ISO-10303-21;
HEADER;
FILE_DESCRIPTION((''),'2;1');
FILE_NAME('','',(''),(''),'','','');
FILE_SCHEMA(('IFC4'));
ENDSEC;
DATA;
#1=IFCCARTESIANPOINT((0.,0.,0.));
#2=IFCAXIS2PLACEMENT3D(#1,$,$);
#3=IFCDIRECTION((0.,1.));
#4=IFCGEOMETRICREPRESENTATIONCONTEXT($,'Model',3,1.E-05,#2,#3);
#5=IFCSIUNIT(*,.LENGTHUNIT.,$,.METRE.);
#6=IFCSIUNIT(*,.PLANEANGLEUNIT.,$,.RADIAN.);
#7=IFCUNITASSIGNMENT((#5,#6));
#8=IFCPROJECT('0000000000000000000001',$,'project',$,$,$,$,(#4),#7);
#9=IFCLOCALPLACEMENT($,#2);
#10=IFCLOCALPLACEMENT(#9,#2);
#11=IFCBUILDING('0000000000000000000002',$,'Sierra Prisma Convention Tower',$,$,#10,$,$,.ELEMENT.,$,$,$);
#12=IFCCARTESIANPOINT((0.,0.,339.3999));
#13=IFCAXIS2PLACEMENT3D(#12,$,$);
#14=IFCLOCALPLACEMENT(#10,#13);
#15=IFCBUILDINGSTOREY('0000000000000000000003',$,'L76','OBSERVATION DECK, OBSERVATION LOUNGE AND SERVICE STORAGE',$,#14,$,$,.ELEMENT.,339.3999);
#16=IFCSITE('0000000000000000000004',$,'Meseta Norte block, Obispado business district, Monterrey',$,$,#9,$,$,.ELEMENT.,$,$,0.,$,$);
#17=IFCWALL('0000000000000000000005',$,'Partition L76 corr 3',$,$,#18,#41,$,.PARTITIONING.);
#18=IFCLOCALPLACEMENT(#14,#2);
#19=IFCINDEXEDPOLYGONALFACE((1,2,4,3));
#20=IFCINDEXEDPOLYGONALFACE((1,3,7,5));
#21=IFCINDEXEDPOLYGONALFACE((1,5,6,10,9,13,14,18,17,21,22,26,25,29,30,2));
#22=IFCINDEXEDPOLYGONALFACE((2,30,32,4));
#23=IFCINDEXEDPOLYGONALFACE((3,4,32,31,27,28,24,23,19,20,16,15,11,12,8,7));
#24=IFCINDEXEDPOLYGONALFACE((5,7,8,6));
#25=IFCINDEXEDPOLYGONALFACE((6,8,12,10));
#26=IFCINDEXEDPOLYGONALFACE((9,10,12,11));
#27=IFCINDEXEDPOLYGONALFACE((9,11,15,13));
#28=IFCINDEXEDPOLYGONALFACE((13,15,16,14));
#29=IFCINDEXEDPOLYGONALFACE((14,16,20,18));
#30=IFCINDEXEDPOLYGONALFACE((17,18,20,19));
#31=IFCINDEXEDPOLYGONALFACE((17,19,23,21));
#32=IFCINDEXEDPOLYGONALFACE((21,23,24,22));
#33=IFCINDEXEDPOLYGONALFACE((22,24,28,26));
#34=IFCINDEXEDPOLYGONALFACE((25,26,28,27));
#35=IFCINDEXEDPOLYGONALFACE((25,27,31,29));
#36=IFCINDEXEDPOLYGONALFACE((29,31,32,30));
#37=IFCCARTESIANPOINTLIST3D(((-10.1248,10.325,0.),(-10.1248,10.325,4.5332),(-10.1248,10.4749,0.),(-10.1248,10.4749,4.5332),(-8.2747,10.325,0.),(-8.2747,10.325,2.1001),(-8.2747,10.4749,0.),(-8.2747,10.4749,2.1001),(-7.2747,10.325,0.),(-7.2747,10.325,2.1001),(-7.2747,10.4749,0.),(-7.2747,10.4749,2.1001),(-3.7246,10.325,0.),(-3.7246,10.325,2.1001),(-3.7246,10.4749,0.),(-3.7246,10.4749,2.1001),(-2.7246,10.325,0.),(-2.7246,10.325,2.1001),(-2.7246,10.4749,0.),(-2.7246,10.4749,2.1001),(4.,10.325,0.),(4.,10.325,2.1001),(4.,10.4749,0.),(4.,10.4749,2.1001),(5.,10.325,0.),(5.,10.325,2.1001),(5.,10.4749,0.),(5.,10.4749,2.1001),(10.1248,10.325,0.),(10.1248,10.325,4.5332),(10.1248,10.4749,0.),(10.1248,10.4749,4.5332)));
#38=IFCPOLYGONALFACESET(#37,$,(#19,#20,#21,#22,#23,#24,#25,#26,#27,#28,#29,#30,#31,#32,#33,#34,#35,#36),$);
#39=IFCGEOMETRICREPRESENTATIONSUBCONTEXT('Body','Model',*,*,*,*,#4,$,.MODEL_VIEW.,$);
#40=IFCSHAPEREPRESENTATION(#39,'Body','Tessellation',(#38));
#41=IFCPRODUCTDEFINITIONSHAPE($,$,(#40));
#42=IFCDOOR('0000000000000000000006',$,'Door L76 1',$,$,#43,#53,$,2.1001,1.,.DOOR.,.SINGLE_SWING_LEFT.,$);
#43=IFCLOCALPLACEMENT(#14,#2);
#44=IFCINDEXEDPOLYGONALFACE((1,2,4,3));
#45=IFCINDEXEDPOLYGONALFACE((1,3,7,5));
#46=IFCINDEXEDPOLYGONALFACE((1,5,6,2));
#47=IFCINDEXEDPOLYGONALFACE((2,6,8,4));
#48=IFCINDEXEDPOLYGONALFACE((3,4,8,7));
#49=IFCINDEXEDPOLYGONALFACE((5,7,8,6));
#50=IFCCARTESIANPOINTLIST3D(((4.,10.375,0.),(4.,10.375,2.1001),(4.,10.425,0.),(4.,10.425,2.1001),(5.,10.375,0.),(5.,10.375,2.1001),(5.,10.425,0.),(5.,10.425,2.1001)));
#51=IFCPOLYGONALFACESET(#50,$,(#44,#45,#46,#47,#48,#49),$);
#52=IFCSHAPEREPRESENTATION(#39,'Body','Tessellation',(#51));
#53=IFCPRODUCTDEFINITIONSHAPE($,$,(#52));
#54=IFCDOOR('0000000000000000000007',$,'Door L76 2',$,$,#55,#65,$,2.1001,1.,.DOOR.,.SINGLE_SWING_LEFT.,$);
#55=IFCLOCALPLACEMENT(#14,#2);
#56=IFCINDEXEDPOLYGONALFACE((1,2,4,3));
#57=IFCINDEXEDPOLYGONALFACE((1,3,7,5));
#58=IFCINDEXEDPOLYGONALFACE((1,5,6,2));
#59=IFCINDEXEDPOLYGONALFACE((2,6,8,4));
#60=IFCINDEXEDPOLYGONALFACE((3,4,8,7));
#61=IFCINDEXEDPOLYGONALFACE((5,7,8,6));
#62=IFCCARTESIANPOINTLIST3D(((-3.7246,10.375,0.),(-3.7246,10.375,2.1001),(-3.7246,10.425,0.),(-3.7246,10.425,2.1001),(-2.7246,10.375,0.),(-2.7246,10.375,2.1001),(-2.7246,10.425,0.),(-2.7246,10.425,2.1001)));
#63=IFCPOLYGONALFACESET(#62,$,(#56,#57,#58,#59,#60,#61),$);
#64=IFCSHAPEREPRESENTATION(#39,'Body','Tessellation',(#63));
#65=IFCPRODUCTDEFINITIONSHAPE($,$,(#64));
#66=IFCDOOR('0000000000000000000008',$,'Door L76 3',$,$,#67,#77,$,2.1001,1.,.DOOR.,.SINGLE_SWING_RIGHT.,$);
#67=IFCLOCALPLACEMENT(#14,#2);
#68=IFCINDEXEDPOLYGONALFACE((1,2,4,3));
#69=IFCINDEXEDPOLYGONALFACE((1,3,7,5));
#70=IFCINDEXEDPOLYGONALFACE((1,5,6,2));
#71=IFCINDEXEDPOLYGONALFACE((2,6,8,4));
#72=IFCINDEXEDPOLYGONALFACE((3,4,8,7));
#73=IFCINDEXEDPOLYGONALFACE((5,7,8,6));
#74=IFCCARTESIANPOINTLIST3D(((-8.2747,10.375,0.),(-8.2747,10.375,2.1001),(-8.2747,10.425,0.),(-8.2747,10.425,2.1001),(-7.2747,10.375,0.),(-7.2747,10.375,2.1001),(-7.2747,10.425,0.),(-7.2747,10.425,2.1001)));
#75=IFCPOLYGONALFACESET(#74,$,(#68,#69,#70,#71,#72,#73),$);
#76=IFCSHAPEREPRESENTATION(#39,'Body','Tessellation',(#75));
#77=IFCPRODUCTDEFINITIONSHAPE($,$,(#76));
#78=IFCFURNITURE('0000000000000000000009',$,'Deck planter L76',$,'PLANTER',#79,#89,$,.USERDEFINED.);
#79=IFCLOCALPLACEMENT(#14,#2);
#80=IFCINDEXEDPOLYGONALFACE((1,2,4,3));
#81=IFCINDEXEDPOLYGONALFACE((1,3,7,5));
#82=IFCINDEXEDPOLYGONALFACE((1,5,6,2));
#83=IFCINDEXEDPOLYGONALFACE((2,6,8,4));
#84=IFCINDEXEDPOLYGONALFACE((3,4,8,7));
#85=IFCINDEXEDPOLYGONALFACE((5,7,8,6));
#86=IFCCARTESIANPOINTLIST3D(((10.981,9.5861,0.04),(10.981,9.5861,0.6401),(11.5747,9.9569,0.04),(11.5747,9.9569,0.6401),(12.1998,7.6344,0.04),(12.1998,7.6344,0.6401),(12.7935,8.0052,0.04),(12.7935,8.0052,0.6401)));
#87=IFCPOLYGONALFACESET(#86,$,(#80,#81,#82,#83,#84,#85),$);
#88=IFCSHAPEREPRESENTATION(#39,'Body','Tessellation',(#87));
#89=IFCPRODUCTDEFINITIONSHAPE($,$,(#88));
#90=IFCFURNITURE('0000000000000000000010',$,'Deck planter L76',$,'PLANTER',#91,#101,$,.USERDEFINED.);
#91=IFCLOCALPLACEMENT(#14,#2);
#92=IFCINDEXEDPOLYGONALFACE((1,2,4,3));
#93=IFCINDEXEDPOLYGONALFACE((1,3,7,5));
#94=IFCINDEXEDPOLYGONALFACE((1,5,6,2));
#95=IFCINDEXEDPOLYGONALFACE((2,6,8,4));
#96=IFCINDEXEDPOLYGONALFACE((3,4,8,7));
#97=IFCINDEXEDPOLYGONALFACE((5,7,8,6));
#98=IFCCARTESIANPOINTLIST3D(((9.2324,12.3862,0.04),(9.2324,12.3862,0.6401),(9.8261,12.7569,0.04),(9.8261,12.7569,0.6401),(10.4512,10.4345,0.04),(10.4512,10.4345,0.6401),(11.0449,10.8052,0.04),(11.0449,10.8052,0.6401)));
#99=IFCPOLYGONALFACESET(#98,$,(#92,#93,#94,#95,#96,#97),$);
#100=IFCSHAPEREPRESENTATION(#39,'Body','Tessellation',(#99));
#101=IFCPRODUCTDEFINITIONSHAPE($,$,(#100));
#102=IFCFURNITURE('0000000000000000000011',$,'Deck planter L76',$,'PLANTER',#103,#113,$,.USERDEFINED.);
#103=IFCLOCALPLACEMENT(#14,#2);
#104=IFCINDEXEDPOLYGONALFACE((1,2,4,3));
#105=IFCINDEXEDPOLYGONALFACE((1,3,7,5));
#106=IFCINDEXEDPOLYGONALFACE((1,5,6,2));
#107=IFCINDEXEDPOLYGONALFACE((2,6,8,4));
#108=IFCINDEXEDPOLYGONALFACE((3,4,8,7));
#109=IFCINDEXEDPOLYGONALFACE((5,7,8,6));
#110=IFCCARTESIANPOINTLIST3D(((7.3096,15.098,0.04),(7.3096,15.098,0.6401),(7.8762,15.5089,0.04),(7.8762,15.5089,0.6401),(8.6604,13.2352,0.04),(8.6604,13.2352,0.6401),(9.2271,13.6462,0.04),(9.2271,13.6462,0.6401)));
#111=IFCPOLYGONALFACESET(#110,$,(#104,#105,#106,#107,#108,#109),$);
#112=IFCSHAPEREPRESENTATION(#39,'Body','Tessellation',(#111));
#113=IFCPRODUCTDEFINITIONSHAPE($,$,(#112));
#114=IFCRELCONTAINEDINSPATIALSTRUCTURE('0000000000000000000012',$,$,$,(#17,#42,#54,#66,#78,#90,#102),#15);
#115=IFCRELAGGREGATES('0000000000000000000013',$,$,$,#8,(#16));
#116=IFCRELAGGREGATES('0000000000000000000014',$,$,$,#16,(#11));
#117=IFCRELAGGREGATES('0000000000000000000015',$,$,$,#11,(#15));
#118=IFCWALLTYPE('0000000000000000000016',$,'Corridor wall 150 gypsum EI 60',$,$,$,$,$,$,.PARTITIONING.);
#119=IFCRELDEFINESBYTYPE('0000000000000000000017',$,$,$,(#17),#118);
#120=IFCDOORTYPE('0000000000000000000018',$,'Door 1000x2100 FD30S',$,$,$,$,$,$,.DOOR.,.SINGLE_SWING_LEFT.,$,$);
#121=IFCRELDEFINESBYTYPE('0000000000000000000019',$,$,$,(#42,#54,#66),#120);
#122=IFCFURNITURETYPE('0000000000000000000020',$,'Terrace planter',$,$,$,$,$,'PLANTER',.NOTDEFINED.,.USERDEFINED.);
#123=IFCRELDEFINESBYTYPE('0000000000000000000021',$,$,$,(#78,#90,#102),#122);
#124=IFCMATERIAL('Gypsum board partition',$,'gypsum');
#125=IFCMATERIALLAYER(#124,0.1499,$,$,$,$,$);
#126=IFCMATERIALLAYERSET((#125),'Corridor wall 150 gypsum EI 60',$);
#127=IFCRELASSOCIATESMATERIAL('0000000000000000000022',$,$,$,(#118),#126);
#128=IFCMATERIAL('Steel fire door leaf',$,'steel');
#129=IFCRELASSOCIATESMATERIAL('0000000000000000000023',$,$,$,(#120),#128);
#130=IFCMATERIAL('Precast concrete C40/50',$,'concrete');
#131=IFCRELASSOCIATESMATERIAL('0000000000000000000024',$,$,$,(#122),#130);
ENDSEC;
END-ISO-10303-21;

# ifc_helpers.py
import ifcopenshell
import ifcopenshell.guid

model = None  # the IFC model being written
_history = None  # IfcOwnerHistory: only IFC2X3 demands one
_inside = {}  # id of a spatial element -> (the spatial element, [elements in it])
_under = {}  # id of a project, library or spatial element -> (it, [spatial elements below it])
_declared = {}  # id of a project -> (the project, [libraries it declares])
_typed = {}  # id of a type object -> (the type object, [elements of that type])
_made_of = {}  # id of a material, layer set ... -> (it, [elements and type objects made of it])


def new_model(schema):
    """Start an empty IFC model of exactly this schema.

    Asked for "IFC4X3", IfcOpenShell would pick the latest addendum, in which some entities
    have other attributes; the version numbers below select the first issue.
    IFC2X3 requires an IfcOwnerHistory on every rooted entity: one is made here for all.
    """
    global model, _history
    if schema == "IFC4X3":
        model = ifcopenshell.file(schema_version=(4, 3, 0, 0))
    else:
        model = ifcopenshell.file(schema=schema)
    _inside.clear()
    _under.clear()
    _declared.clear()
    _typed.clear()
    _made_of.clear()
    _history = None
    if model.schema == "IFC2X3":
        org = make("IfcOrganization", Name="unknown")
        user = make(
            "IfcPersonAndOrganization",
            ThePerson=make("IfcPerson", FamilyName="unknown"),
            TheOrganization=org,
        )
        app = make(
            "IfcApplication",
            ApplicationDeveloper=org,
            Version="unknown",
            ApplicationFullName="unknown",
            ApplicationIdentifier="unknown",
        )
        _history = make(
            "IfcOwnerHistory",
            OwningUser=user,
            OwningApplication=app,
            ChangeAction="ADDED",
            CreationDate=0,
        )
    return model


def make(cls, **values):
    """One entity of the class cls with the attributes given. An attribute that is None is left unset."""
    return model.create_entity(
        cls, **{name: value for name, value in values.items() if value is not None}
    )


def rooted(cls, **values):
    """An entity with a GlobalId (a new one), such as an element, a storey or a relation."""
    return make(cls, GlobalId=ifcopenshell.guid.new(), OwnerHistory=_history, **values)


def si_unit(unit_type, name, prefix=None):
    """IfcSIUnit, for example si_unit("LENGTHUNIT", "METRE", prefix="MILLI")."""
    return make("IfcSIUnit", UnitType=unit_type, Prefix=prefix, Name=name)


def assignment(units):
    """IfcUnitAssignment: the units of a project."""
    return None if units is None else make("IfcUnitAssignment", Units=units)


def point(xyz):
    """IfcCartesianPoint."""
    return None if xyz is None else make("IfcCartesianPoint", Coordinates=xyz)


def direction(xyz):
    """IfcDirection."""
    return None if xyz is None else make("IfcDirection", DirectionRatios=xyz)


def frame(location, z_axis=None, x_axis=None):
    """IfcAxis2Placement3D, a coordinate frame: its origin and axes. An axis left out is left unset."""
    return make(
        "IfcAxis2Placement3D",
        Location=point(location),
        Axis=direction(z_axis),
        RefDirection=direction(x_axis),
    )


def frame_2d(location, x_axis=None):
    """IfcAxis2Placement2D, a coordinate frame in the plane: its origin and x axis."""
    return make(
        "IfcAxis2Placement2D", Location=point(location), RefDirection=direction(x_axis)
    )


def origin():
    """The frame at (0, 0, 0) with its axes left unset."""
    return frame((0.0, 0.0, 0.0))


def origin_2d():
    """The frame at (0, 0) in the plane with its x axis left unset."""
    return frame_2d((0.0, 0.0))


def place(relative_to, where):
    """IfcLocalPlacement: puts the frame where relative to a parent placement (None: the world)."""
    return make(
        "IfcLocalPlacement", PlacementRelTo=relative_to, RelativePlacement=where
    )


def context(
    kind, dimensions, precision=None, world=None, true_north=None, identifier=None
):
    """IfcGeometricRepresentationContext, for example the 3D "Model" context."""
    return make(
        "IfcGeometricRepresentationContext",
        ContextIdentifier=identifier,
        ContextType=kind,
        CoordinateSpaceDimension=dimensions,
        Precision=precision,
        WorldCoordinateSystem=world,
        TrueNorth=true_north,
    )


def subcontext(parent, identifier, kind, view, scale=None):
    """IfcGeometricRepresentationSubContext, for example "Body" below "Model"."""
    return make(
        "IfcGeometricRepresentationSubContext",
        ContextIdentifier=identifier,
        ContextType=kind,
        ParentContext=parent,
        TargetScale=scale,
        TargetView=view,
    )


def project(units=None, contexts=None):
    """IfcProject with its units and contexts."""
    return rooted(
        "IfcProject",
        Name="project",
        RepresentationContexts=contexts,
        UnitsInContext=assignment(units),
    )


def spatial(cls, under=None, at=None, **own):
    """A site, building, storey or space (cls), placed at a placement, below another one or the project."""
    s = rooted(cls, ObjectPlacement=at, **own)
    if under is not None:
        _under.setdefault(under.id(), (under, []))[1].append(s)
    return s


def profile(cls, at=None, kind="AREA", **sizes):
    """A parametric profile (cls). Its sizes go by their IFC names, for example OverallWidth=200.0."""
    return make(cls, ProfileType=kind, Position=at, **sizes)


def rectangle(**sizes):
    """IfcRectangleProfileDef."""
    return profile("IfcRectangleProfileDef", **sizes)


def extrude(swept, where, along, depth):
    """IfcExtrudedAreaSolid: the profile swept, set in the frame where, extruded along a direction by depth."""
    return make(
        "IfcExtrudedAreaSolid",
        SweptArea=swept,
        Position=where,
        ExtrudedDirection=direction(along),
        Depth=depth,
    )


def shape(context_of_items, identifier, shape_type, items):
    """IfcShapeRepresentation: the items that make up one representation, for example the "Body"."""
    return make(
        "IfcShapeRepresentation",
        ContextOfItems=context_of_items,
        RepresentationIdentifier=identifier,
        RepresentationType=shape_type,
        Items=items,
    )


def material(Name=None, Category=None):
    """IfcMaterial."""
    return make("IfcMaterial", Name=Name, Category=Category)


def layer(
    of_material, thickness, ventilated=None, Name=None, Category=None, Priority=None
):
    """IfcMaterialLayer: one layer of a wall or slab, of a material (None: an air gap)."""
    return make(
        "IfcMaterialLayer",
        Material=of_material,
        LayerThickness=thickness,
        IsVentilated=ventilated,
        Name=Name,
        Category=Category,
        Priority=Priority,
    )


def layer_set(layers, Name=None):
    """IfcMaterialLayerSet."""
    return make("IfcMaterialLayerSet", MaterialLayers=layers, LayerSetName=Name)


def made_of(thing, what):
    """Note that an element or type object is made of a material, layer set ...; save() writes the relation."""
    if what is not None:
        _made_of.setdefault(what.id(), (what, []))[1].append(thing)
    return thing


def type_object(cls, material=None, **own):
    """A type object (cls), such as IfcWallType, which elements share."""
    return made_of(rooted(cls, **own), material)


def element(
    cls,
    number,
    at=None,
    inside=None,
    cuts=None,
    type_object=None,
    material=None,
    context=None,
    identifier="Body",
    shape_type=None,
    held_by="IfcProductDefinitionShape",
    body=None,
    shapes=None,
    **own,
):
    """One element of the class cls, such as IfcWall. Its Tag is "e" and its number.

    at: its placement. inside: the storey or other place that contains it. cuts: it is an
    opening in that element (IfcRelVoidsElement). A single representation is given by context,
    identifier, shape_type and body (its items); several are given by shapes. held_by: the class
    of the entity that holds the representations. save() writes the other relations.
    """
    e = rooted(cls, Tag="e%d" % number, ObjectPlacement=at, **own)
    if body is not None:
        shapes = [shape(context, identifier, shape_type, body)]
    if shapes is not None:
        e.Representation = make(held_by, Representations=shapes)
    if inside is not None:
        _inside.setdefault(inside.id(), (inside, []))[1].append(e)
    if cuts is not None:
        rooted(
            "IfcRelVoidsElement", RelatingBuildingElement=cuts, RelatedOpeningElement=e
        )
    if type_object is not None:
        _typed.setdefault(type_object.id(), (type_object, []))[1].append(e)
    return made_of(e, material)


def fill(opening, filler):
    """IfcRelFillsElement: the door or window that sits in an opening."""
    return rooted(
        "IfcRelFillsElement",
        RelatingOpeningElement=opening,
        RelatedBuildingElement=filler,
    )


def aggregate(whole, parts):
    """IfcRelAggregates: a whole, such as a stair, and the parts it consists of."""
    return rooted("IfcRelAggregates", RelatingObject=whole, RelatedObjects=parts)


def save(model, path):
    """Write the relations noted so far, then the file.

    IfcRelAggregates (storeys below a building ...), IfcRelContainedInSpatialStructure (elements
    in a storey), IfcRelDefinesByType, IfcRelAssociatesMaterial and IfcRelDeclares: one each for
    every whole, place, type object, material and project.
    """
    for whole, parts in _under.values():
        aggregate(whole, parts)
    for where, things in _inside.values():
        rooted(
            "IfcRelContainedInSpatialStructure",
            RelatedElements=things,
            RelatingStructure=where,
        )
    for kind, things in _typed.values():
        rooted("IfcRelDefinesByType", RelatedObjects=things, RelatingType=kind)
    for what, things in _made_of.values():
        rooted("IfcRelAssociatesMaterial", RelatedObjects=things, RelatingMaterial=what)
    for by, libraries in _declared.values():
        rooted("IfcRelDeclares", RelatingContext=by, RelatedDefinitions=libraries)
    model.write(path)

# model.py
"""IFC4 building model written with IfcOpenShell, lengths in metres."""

from ifc_helpers import new_model, si_unit, direction, frame, frame_2d, origin, origin_2d, place, context, subcontext, project, spatial, rectangle, extrude, material, layer, layer_set, type_object, element, fill, save


model = new_model("IFC4")

# Units and contexts
model_context = context("Model", 3, precision=1e-05, world=origin(), true_north=direction((0.0, 1.0)))
body_context = subcontext(model_context, "Body", "Model", "MODEL_VIEW")
ifc_project = project(units=[si_unit("LENGTHUNIT", "METRE"), si_unit("PLANEANGLEUNIT", "RADIAN")], contexts=[model_context])

# Site, building, storey
site_placement = place(None, origin())
site = spatial("IfcSite", under=ifc_project, at=site_placement, Name="Meseta Norte block, Obispado business district, Monterrey", CompositionType="ELEMENT", RefElevation=0.0)
building_placement = place(site_placement, origin())
building = spatial("IfcBuilding", under=site, at=building_placement, Name="Sierra Prisma Convention Tower", CompositionType="ELEMENT")
storey_placement = place(building_placement, frame((0.0, 0.0, 339.3999)))
storey = spatial("IfcBuildingStorey", under=building, at=storey_placement, Name="L76", Description="OBSERVATION DECK, OBSERVATION LOUNGE AND SERVICE STORAGE", CompositionType="ELEMENT", Elevation=339.3999)

# Wall, openings, doors
ifc_material_1 = material(Name="Gypsum board partition", Category="gypsum")
ifc_layer_1 = layer(ifc_material_1, 0.1499)
ifc_layer_set_1 = layer_set([ifc_layer_1], Name="Corridor wall 150 gypsum EI 60")
wall_type = type_object("IfcWallType", Name="Corridor wall 150 gypsum EI 60", PredefinedType="PARTITIONING", material=ifc_layer_set_1)
wall_placement = place(storey_placement, frame((10.1248, 10.3999, 0.0), z_axis=(0.0, 0.0, 1.0), x_axis=(-1.0, 0.0, 0.0)))
wall = element("IfcWall", 1, at=wall_placement, inside=storey, type_object=wall_type, Name="Partition L76 corr 3", PredefinedType="PARTITIONING", context=body_context, shape_type="SweptSolid", body=[
    extrude(rectangle(XDim=20.2495, YDim=0.1499, at=frame_2d((10.1248, 0.0))), origin(), (0.0, 0.0, 1.0), 4.5332),
])
opening_1_placement = place(wall_placement, frame((5.1248, 0.0, 0.0)))
opening_1 = element("IfcOpeningElement", 2, at=opening_1_placement, cuts=wall, PredefinedType="OPENING", context=body_context, shape_type="SweptSolid", body=[
    extrude(rectangle(XDim=1.0, YDim=2.1001, at=frame_2d((0.5, 1.05))), frame((0.0, 0.075, 0.0), z_axis=(0.0, -1.0, 0.0), x_axis=(1.0, 0.0, 0.0)), (0.0, 0.0, 1.0), 0.1499),
])
opening_2_placement = place(wall_placement, frame((12.8494, 0.0, 0.0)))
opening_2 = element("IfcOpeningElement", 3, at=opening_2_placement, cuts=wall, PredefinedType="OPENING", context=body_context, shape_type="SweptSolid", body=[
    extrude(rectangle(XDim=1.0, YDim=2.1001, at=frame_2d((0.5, 1.05))), frame((0.0, 0.075, 0.0), z_axis=(0.0, -1.0, 0.0), x_axis=(1.0, 0.0, 0.0)), (0.0, 0.0, 1.0), 0.1499),
])
opening_3_placement = place(wall_placement, frame((17.3994, 0.0, 0.0)))
opening_3 = element("IfcOpeningElement", 4, at=opening_3_placement, cuts=wall, PredefinedType="OPENING", context=body_context, shape_type="SweptSolid", body=[
    extrude(rectangle(XDim=1.0, YDim=2.1001, at=frame_2d((0.5, 1.05))), frame((0.0, 0.075, 0.0), z_axis=(0.0, -1.0, 0.0), x_axis=(1.0, 0.0, 0.0)), (0.0, 0.0, 1.0), 0.1499),
])
ifc_material_2 = material(Name="Steel fire door leaf", Category="steel")
door_type = type_object("IfcDoorType", Name="Door 1000x2100 FD30S", OperationType="SINGLE_SWING_LEFT", PredefinedType="DOOR", material=ifc_material_2)
door_1_placement = place(opening_1_placement, origin())
door_1 = element("IfcDoor", 5, at=door_1_placement, inside=storey, type_object=door_type, Name="Door L76 1", OperationType="SINGLE_SWING_LEFT", OverallHeight=2.1001, OverallWidth=1.0, PredefinedType="DOOR", context=body_context, shape_type="SweptSolid", body=[
    extrude(rectangle(XDim=1.0, YDim=2.1001, at=frame_2d((0.5, 1.05))), frame((0.0, 0.0249, 0.0), z_axis=(0.0, -1.0, 0.0), x_axis=(1.0, 0.0, 0.0)), (0.0, 0.0, 1.0), 0.05),
])
fill(opening_1, door_1)
door_2_placement = place(opening_2_placement, origin())
door_2 = element("IfcDoor", 6, at=door_2_placement, inside=storey, type_object=door_type, Name="Door L76 2", OperationType="SINGLE_SWING_LEFT", OverallHeight=2.1001, OverallWidth=1.0, PredefinedType="DOOR", context=body_context, shape_type="SweptSolid", body=[
    extrude(rectangle(XDim=1.0, YDim=2.1001, at=frame_2d((0.5, 1.05))), frame((0.0, 0.0249, 0.0), z_axis=(0.0, -1.0, 0.0), x_axis=(1.0, 0.0, 0.0)), (0.0, 0.0, 1.0), 0.05),
])
fill(opening_2, door_2)
door_3_placement = place(opening_3_placement, origin())
door_3 = element("IfcDoor", 7, at=door_3_placement, inside=storey, type_object=door_type, Name="Door L76 3", OperationType="SINGLE_SWING_RIGHT", OverallHeight=2.1001, OverallWidth=1.0, PredefinedType="DOOR", context=body_context, shape_type="SweptSolid", body=[
    extrude(rectangle(XDim=1.0, YDim=2.1001, at=frame_2d((0.5, 1.05))), frame((0.0, 0.0249, 0.0), z_axis=(0.0, -1.0, 0.0), x_axis=(1.0, 0.0, 0.0)), (0.0, 0.0, 1.0), 0.05),
])
fill(opening_3, door_3)

# Furniture
ifc_material_3 = material(Name="Precast concrete C40/50", Category="concrete")
furniture_type = type_object("IfcFurnitureType", Name="Terrace planter", ElementType="PLANTER", AssemblyPlace="NOTDEFINED", PredefinedType="USERDEFINED", material=ifc_material_3)
for number, where, z_axis, x_axis, name in (
    (8, (11.8872, 8.7957, 0.04), (0.0, 0.0, 1.0), (-0.529672, 0.848202, 0.0), "Deck planter L76"),
    (9, (10.1387, 11.5957, 0.04), (0.0, 0.0, 1.0), (-0.529672, 0.848202, 0.0), "Deck planter L76"),
    (10, (8.2683, 14.3721, 0.04), (0.0, 0.0, 1.0), (-0.587078, 0.80953, 0.0), "Deck planter L76"),
):
    element("IfcFurniture", number, at=place(storey_placement, frame(where, z_axis=z_axis, x_axis=x_axis)), inside=storey, type_object=furniture_type, Name=name, ObjectType="PLANTER", PredefinedType="USERDEFINED", context=body_context, shape_type="SweptSolid", body=[
        extrude(rectangle(XDim=2.301, YDim=0.7, at=origin_2d()), origin(), (0.0, 0.0, 1.0), 0.6001),
    ])

save(model, "model.ifc")
